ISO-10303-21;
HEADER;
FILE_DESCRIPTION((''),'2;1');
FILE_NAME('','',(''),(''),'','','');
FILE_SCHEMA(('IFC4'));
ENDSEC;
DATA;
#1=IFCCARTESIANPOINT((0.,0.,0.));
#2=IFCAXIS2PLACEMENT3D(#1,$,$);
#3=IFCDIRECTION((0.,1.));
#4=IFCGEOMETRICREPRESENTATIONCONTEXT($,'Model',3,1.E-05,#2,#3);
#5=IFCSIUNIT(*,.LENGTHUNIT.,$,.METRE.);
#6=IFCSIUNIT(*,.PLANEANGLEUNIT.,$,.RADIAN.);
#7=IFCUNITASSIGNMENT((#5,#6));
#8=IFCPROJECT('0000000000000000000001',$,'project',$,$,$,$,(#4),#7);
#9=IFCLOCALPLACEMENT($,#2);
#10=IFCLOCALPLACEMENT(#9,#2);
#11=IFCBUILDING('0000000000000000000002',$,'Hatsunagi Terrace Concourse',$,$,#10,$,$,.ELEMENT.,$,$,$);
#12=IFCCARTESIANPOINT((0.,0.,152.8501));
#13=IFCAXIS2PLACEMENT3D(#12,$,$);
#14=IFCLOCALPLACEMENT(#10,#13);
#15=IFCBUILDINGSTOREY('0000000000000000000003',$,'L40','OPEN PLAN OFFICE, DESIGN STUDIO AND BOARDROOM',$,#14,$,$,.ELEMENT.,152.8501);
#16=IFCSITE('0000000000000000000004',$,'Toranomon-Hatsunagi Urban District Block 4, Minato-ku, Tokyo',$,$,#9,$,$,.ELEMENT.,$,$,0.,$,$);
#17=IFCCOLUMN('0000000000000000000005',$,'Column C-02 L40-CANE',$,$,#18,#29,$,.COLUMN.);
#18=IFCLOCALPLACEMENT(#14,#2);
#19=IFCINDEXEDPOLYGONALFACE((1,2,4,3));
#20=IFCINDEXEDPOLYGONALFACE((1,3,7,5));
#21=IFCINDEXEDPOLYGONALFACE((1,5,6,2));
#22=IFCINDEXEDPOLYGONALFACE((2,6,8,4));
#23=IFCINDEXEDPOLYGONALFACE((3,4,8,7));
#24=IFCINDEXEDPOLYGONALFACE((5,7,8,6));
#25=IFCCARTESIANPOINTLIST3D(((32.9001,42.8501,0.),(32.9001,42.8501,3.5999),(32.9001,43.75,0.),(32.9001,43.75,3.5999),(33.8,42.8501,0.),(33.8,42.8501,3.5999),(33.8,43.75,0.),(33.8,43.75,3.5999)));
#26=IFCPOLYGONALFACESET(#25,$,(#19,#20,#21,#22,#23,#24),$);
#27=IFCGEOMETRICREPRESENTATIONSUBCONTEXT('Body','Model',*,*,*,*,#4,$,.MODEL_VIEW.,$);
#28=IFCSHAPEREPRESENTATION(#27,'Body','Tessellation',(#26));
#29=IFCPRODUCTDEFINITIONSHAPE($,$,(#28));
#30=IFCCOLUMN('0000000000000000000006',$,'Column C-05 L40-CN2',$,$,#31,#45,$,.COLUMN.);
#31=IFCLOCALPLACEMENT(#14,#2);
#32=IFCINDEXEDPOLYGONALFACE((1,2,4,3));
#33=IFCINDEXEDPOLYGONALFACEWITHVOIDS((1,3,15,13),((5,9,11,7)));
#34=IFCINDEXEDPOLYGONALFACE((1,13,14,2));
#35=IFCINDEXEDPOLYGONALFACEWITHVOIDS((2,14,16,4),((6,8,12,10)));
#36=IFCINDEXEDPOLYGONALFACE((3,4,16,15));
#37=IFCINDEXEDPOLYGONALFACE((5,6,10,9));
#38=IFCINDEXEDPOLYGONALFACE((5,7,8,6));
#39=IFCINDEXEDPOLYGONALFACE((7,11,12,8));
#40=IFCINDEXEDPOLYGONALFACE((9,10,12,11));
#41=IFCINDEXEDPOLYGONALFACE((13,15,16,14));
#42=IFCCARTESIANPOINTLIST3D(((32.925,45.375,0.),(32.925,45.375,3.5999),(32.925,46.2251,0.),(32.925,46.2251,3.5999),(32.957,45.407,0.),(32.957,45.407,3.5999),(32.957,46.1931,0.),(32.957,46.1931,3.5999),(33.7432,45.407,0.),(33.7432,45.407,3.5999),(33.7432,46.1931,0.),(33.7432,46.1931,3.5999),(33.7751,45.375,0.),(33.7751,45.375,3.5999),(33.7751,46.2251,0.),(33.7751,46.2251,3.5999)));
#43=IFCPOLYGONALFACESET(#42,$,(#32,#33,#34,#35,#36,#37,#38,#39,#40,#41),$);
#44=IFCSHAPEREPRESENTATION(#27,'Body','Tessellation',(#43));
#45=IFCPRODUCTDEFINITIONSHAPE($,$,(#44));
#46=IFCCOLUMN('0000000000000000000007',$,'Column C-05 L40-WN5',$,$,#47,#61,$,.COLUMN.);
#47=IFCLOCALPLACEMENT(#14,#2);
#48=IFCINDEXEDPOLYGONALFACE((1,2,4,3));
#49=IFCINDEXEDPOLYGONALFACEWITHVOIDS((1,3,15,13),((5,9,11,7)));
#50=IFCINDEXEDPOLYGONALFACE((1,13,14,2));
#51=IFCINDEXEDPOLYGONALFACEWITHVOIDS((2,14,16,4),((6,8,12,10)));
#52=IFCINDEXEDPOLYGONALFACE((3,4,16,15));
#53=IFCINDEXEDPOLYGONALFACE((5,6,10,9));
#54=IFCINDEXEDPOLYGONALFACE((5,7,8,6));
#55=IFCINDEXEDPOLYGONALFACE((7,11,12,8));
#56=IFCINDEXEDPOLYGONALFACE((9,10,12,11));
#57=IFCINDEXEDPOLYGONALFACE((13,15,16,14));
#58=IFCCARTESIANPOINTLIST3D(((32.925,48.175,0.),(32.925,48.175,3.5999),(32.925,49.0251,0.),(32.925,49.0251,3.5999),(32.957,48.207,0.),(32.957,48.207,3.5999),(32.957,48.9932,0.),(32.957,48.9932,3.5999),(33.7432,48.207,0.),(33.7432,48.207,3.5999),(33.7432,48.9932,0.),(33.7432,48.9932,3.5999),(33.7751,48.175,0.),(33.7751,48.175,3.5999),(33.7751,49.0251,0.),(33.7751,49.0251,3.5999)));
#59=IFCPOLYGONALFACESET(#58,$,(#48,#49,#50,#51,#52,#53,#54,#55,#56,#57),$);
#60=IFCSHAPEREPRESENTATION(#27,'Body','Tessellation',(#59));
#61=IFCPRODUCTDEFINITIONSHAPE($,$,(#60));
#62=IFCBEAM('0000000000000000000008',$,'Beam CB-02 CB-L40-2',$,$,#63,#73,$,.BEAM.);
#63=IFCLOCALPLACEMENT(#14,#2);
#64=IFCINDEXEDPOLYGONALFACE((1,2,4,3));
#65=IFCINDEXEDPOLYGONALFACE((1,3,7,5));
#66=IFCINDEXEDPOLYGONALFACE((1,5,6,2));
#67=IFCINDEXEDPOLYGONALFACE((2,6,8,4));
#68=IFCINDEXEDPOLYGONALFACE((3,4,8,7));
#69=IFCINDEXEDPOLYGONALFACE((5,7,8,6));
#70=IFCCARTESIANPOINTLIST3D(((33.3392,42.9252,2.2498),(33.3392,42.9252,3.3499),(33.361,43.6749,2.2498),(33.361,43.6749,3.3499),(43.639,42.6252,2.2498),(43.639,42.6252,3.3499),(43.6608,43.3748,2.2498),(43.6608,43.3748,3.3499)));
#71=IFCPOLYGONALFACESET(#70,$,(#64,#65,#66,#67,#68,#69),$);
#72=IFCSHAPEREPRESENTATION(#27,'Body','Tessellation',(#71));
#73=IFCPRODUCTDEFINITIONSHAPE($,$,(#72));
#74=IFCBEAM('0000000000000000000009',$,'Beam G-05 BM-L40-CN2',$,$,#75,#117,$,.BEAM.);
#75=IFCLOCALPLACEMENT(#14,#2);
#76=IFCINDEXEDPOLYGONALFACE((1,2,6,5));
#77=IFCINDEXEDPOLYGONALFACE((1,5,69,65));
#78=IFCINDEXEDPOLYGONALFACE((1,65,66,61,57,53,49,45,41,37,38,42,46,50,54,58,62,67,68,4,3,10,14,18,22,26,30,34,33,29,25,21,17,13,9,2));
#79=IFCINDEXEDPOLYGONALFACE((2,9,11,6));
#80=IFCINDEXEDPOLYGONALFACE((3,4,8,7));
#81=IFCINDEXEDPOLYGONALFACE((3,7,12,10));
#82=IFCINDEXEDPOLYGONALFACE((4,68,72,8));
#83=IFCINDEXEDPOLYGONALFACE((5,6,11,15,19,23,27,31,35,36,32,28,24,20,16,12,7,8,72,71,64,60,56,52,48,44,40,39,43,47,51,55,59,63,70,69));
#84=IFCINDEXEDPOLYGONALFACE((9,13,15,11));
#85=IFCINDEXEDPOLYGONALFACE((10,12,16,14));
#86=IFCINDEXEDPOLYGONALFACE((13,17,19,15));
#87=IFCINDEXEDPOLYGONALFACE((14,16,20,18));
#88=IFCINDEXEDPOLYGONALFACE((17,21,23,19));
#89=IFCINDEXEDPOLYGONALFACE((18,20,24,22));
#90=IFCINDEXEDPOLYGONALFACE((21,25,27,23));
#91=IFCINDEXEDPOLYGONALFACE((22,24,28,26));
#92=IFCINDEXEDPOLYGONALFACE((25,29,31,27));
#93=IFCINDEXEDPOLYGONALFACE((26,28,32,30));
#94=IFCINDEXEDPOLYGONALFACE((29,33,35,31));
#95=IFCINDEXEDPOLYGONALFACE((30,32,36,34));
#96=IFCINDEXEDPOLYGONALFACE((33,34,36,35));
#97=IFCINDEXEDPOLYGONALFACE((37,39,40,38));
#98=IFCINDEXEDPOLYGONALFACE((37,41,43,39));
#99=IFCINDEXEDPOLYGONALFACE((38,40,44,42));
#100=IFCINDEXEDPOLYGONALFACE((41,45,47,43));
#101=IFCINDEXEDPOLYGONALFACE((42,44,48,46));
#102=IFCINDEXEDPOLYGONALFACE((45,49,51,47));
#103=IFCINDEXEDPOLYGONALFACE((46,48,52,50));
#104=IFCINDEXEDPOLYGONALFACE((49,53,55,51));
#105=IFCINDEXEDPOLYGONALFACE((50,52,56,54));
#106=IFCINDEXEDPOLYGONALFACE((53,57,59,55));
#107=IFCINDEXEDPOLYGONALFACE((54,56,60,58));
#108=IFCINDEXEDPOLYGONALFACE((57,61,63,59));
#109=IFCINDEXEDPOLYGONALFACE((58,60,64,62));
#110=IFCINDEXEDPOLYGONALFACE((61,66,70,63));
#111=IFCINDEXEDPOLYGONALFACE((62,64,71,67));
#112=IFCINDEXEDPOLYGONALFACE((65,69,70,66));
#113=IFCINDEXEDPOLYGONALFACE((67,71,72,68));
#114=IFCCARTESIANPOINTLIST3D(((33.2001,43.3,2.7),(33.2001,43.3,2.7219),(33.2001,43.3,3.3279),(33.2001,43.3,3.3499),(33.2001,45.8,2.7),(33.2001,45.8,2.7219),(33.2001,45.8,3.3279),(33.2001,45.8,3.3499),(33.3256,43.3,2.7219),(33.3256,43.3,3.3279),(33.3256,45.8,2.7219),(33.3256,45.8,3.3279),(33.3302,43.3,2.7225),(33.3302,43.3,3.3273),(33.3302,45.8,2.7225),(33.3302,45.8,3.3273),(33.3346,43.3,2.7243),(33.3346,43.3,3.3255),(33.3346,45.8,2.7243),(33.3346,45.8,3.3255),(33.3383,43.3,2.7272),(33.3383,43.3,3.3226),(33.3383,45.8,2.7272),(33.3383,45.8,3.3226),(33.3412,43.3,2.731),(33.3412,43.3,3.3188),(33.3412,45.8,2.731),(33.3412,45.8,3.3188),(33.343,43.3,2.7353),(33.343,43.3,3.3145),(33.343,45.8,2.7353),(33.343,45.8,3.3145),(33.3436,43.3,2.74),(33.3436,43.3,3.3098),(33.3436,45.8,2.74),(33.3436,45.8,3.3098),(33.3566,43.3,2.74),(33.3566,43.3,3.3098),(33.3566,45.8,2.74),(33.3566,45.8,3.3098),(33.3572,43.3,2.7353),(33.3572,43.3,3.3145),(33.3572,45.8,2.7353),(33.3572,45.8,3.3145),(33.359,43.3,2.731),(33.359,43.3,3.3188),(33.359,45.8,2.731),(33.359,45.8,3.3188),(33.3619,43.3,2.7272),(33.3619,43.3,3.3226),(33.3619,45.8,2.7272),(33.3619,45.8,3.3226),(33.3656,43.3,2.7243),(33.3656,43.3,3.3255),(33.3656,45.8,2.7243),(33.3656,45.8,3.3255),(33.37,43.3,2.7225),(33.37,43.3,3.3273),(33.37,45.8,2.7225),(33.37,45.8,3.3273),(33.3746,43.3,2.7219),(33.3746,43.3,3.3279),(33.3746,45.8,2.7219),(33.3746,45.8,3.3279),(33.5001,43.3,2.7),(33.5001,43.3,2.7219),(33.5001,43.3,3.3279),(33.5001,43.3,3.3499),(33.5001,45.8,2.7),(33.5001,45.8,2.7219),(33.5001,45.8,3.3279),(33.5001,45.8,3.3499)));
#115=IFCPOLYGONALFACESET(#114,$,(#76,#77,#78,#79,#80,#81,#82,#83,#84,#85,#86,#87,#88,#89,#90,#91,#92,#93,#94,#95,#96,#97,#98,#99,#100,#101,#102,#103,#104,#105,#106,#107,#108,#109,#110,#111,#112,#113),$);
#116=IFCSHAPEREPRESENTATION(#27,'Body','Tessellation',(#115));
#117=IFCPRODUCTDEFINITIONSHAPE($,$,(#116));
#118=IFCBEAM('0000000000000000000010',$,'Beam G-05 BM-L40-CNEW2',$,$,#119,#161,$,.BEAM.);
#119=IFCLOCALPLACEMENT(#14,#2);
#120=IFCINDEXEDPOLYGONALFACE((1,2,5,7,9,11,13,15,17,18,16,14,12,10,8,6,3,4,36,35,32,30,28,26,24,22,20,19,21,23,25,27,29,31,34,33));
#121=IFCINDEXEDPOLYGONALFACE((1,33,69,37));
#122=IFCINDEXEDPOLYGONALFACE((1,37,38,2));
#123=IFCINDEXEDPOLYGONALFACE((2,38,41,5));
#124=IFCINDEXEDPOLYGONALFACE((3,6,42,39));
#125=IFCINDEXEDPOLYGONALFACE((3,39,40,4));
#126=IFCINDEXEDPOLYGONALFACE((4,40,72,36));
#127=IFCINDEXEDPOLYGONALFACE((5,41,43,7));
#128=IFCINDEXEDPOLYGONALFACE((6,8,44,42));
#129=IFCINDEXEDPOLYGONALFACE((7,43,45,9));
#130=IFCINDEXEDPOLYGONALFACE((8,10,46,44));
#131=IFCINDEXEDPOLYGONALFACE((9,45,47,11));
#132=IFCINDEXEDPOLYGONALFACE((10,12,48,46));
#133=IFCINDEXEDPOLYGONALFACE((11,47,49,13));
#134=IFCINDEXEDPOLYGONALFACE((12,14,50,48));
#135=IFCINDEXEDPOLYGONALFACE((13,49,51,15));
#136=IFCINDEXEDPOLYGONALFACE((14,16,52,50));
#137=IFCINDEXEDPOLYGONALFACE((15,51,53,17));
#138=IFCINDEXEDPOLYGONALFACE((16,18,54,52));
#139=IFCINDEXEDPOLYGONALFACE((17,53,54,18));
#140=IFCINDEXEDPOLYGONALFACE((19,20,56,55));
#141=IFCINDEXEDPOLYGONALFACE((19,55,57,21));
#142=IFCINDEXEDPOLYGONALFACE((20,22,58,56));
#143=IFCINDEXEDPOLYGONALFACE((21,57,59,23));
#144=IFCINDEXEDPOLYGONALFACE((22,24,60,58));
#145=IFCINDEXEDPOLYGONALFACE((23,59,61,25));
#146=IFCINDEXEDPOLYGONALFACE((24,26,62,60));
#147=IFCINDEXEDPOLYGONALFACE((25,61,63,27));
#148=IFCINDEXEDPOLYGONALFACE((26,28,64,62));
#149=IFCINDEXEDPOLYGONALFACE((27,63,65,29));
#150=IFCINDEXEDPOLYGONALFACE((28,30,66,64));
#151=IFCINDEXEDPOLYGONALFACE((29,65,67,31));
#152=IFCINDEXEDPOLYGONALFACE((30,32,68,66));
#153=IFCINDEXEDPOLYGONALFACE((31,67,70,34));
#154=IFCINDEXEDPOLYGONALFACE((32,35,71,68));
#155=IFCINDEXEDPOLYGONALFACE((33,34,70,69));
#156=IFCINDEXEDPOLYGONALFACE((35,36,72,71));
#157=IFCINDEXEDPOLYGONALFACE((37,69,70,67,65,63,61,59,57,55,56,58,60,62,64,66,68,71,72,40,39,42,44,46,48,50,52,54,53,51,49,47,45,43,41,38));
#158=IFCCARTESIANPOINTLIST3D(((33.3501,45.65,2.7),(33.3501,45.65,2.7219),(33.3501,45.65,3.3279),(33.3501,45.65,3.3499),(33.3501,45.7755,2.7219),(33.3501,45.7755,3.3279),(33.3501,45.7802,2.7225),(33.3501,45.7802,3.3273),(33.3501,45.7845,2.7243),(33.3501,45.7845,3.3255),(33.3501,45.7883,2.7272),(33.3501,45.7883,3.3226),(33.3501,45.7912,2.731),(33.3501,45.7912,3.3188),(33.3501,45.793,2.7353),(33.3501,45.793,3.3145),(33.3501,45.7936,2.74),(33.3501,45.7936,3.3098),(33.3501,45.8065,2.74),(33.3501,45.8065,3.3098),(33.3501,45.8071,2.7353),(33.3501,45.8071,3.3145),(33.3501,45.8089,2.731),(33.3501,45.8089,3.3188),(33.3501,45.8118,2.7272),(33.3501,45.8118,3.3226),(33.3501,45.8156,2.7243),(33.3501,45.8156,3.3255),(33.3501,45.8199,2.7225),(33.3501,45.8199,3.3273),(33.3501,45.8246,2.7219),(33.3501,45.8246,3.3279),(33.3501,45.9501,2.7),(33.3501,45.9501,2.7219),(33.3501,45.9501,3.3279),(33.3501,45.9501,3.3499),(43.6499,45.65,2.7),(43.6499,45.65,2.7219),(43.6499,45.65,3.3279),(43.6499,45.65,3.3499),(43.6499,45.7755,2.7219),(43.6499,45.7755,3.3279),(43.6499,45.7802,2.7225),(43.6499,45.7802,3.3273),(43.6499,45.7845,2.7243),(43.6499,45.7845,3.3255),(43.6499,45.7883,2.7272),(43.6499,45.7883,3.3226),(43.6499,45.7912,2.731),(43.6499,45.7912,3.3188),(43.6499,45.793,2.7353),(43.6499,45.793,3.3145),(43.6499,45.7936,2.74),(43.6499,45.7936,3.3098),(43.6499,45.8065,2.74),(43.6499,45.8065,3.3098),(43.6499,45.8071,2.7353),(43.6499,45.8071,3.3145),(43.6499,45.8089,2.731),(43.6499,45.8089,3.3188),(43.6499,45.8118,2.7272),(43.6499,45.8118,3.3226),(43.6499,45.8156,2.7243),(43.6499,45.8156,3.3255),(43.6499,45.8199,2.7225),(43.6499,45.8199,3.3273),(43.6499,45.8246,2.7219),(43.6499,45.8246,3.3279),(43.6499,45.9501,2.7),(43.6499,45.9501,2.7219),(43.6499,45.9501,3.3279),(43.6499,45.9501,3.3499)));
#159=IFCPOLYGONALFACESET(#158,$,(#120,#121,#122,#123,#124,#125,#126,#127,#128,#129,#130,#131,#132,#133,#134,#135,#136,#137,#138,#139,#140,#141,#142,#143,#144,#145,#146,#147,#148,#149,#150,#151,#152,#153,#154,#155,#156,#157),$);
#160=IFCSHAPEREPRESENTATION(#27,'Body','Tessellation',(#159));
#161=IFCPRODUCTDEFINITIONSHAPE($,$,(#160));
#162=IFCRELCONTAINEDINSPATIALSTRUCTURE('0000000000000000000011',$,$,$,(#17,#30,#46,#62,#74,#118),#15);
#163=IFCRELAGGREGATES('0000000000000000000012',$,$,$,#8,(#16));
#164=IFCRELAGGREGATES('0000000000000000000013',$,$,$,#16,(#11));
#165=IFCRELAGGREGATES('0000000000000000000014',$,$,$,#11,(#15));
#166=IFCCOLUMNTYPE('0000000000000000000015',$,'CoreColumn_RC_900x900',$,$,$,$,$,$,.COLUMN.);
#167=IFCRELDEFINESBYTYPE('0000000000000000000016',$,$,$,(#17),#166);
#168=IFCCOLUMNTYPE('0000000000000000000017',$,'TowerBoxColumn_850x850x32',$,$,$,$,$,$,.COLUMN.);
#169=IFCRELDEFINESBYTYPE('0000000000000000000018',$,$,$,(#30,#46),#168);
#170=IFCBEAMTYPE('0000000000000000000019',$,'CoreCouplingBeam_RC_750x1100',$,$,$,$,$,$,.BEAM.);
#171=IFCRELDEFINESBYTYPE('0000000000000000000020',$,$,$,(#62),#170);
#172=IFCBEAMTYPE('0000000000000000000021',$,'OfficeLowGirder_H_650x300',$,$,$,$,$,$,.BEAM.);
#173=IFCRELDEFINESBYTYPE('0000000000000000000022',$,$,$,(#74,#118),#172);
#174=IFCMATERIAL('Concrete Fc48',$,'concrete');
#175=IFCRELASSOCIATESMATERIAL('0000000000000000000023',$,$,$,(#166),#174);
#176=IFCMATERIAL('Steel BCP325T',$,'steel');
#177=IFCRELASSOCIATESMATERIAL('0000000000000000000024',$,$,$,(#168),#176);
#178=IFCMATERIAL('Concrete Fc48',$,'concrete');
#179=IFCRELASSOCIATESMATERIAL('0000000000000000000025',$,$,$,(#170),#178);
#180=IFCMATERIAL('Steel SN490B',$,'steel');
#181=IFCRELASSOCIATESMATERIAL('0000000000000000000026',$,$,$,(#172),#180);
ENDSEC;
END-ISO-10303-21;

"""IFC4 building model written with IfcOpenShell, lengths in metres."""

from ifc_helpers import new_model, si_unit, direction, frame, origin, origin_2d, place, context, subcontext, project, spatial, rectangle, hollow_rectangle, i_section, extrude, material, material_profile, profile_set, type_object, element, save


model = new_model("IFC4")

# Units and contexts
model_context = context("Model", 3, precision=1e-05, world=origin(), true_north=direction((0.0, 1.0)))
body_context = subcontext(model_context, "Body", "Model", "MODEL_VIEW")
ifc_project = project(units=[si_unit("LENGTHUNIT", "METRE"), si_unit("PLANEANGLEUNIT", "RADIAN")], contexts=[model_context])

# Site, building, storey
site_placement = place(None, origin())
site = spatial("IfcSite", under=ifc_project, at=site_placement, Name="Toranomon-Hatsunagi Urban District Block 4, Minato-ku, Tokyo", CompositionType="ELEMENT", RefElevation=0.0)
building_placement = place(site_placement, origin())
building = spatial("IfcBuilding", under=site, at=building_placement, Name="Hatsunagi Terrace Concourse", CompositionType="ELEMENT")
storey_placement = place(building_placement, frame((0.0, 0.0, 152.8501)))
storey = spatial("IfcBuildingStorey", under=building, at=storey_placement, Name="L40", Description="OPEN PLAN OFFICE, DESIGN STUDIO AND BOARDROOM", CompositionType="ELEMENT", Elevation=152.8501)

# Columns
ifc_material_1 = material(Name="Concrete Fc48", Category="concrete")
ifc_material_profile_1 = material_profile(ifc_material_1, rectangle(XDim=0.8999, YDim=0.8999, at=origin_2d()), Name="RC-900x900")
ifc_profile_set_1 = profile_set([ifc_material_profile_1], Name="Concrete Fc48")
column_type_1 = type_object("IfcColumnType", Name="CoreColumn_RC_900x900", PredefinedType="COLUMN", material=ifc_profile_set_1)
column_placement = place(storey_placement, frame((33.3501, 43.3, 0.0), z_axis=(0.0, 0.0, 1.0), x_axis=(1.0, 0.0, 0.0)))
element("IfcColumn", 1, at=column_placement, inside=storey, type_object=column_type_1, Name="Column C-02 L40-CANE", PredefinedType="COLUMN", context=body_context, shape_type="SweptSolid", body=[
    extrude(rectangle(XDim=0.8999, YDim=0.8999, at=origin_2d()), origin(), (0.0, 0.0, 1.0), 3.5999),
])
ifc_material_2 = material(Name="Steel BCP325T", Category="steel")
ifc_material_profile_2 = material_profile(ifc_material_2, hollow_rectangle(XDim=0.8501, YDim=0.8501, WallThickness=0.032, at=origin_2d()), Name="BCP-850x850x32")
ifc_profile_set_2 = profile_set([ifc_material_profile_2], Name="Steel BCP325T")
column_type_2 = type_object("IfcColumnType", Name="TowerBoxColumn_850x850x32", PredefinedType="COLUMN", material=ifc_profile_set_2)
for number, where, z_axis, x_axis, name in (
    (2, (33.3501, 45.8, 0.0), (0.0, 0.0, 1.0), (1.0, 0.0, 0.0), "Column C-05 L40-CN2"),
    (3, (33.3501, 48.6001, 0.0), (0.0, 0.0, 1.0), (1.0, 0.0, 0.0), "Column C-05 L40-WN5"),
):
    element("IfcColumn", number, at=place(storey_placement, frame(where, z_axis=z_axis, x_axis=x_axis)), inside=storey, type_object=column_type_2, Name=name, PredefinedType="COLUMN", context=body_context, shape_type="SweptSolid", body=[
        extrude(hollow_rectangle(XDim=0.8501, YDim=0.8501, WallThickness=0.032, at=origin_2d()), origin(), (0.0, 0.0, 1.0), 3.5999),
    ])

# Beams
ifc_material_3 = material(Name="Concrete Fc48", Category="concrete")
ifc_material_profile_3 = material_profile(ifc_material_3, rectangle(XDim=0.75, YDim=1.1001, at=origin_2d()), Name="RC-750x1100")
ifc_profile_set_3 = profile_set([ifc_material_profile_3], Name="Concrete Fc48")
beam_type_1 = type_object("IfcBeamType", Name="CoreCouplingBeam_RC_750x1100", PredefinedType="BEAM", material=ifc_profile_set_3)
beam_1_placement = place(storey_placement, frame((33.3501, 43.3, 2.7998), z_axis=(0.999576, -0.029119, 0.0), x_axis=(0.029119, 0.999576, 0.0)))
element("IfcBeam", 4, at=beam_1_placement, inside=storey, type_object=beam_type_1, Name="Beam CB-02 CB-L40-2", PredefinedType="BEAM", context=body_context, shape_type="SweptSolid", body=[
    extrude(rectangle(XDim=0.75, YDim=1.1001, at=origin_2d()), origin(), (0.0, 0.0, 1.0), 10.3042),
])
ifc_material_4 = material(Name="Steel SN490B", Category="steel")
ifc_material_profile_4 = material_profile(ifc_material_4, i_section(OverallWidth=0.3, OverallDepth=0.6499, WebThickness=0.0129, FlangeThickness=0.022, FilletRadius=0.0181, at=origin_2d()), Name="H-650x300x13x22")
ifc_profile_set_4 = profile_set([ifc_material_profile_4], Name="Steel SN490B")
beam_type_2 = type_object("IfcBeamType", Name="OfficeLowGirder_H_650x300", PredefinedType="BEAM", material=ifc_profile_set_4)
beam_2_placement = place(storey_placement, frame((33.3501, 43.3, 3.0249), z_axis=(0.0, 1.0, 0.0), x_axis=(-1.0, 0.0, 0.0)))
element("IfcBeam", 5, at=beam_2_placement, inside=storey, type_object=beam_type_2, Name="Beam G-05 BM-L40-CN2", PredefinedType="BEAM", context=body_context, shape_type="SweptSolid", body=[
    extrude(i_section(OverallWidth=0.3, OverallDepth=0.6499, WebThickness=0.0129, FlangeThickness=0.022, FilletRadius=0.0181, at=origin_2d()), origin(), (0.0, 0.0, 1.0), 2.5),
])
beam_3_placement = place(storey_placement, frame((33.3501, 45.8, 3.0249), z_axis=(1.0, 0.0, 0.0), x_axis=(0.0, 1.0, 0.0)))
element("IfcBeam", 6, at=beam_3_placement, inside=storey, type_object=beam_type_2, Name="Beam G-05 BM-L40-CNEW2", PredefinedType="BEAM", context=body_context, shape_type="SweptSolid", body=[
    extrude(i_section(OverallWidth=0.3, OverallDepth=0.6499, WebThickness=0.0129, FlangeThickness=0.022, FilletRadius=0.0181, at=origin_2d()), origin(), (0.0, 0.0, 1.0), 10.2998),
])

save(model, "model.ifc")
